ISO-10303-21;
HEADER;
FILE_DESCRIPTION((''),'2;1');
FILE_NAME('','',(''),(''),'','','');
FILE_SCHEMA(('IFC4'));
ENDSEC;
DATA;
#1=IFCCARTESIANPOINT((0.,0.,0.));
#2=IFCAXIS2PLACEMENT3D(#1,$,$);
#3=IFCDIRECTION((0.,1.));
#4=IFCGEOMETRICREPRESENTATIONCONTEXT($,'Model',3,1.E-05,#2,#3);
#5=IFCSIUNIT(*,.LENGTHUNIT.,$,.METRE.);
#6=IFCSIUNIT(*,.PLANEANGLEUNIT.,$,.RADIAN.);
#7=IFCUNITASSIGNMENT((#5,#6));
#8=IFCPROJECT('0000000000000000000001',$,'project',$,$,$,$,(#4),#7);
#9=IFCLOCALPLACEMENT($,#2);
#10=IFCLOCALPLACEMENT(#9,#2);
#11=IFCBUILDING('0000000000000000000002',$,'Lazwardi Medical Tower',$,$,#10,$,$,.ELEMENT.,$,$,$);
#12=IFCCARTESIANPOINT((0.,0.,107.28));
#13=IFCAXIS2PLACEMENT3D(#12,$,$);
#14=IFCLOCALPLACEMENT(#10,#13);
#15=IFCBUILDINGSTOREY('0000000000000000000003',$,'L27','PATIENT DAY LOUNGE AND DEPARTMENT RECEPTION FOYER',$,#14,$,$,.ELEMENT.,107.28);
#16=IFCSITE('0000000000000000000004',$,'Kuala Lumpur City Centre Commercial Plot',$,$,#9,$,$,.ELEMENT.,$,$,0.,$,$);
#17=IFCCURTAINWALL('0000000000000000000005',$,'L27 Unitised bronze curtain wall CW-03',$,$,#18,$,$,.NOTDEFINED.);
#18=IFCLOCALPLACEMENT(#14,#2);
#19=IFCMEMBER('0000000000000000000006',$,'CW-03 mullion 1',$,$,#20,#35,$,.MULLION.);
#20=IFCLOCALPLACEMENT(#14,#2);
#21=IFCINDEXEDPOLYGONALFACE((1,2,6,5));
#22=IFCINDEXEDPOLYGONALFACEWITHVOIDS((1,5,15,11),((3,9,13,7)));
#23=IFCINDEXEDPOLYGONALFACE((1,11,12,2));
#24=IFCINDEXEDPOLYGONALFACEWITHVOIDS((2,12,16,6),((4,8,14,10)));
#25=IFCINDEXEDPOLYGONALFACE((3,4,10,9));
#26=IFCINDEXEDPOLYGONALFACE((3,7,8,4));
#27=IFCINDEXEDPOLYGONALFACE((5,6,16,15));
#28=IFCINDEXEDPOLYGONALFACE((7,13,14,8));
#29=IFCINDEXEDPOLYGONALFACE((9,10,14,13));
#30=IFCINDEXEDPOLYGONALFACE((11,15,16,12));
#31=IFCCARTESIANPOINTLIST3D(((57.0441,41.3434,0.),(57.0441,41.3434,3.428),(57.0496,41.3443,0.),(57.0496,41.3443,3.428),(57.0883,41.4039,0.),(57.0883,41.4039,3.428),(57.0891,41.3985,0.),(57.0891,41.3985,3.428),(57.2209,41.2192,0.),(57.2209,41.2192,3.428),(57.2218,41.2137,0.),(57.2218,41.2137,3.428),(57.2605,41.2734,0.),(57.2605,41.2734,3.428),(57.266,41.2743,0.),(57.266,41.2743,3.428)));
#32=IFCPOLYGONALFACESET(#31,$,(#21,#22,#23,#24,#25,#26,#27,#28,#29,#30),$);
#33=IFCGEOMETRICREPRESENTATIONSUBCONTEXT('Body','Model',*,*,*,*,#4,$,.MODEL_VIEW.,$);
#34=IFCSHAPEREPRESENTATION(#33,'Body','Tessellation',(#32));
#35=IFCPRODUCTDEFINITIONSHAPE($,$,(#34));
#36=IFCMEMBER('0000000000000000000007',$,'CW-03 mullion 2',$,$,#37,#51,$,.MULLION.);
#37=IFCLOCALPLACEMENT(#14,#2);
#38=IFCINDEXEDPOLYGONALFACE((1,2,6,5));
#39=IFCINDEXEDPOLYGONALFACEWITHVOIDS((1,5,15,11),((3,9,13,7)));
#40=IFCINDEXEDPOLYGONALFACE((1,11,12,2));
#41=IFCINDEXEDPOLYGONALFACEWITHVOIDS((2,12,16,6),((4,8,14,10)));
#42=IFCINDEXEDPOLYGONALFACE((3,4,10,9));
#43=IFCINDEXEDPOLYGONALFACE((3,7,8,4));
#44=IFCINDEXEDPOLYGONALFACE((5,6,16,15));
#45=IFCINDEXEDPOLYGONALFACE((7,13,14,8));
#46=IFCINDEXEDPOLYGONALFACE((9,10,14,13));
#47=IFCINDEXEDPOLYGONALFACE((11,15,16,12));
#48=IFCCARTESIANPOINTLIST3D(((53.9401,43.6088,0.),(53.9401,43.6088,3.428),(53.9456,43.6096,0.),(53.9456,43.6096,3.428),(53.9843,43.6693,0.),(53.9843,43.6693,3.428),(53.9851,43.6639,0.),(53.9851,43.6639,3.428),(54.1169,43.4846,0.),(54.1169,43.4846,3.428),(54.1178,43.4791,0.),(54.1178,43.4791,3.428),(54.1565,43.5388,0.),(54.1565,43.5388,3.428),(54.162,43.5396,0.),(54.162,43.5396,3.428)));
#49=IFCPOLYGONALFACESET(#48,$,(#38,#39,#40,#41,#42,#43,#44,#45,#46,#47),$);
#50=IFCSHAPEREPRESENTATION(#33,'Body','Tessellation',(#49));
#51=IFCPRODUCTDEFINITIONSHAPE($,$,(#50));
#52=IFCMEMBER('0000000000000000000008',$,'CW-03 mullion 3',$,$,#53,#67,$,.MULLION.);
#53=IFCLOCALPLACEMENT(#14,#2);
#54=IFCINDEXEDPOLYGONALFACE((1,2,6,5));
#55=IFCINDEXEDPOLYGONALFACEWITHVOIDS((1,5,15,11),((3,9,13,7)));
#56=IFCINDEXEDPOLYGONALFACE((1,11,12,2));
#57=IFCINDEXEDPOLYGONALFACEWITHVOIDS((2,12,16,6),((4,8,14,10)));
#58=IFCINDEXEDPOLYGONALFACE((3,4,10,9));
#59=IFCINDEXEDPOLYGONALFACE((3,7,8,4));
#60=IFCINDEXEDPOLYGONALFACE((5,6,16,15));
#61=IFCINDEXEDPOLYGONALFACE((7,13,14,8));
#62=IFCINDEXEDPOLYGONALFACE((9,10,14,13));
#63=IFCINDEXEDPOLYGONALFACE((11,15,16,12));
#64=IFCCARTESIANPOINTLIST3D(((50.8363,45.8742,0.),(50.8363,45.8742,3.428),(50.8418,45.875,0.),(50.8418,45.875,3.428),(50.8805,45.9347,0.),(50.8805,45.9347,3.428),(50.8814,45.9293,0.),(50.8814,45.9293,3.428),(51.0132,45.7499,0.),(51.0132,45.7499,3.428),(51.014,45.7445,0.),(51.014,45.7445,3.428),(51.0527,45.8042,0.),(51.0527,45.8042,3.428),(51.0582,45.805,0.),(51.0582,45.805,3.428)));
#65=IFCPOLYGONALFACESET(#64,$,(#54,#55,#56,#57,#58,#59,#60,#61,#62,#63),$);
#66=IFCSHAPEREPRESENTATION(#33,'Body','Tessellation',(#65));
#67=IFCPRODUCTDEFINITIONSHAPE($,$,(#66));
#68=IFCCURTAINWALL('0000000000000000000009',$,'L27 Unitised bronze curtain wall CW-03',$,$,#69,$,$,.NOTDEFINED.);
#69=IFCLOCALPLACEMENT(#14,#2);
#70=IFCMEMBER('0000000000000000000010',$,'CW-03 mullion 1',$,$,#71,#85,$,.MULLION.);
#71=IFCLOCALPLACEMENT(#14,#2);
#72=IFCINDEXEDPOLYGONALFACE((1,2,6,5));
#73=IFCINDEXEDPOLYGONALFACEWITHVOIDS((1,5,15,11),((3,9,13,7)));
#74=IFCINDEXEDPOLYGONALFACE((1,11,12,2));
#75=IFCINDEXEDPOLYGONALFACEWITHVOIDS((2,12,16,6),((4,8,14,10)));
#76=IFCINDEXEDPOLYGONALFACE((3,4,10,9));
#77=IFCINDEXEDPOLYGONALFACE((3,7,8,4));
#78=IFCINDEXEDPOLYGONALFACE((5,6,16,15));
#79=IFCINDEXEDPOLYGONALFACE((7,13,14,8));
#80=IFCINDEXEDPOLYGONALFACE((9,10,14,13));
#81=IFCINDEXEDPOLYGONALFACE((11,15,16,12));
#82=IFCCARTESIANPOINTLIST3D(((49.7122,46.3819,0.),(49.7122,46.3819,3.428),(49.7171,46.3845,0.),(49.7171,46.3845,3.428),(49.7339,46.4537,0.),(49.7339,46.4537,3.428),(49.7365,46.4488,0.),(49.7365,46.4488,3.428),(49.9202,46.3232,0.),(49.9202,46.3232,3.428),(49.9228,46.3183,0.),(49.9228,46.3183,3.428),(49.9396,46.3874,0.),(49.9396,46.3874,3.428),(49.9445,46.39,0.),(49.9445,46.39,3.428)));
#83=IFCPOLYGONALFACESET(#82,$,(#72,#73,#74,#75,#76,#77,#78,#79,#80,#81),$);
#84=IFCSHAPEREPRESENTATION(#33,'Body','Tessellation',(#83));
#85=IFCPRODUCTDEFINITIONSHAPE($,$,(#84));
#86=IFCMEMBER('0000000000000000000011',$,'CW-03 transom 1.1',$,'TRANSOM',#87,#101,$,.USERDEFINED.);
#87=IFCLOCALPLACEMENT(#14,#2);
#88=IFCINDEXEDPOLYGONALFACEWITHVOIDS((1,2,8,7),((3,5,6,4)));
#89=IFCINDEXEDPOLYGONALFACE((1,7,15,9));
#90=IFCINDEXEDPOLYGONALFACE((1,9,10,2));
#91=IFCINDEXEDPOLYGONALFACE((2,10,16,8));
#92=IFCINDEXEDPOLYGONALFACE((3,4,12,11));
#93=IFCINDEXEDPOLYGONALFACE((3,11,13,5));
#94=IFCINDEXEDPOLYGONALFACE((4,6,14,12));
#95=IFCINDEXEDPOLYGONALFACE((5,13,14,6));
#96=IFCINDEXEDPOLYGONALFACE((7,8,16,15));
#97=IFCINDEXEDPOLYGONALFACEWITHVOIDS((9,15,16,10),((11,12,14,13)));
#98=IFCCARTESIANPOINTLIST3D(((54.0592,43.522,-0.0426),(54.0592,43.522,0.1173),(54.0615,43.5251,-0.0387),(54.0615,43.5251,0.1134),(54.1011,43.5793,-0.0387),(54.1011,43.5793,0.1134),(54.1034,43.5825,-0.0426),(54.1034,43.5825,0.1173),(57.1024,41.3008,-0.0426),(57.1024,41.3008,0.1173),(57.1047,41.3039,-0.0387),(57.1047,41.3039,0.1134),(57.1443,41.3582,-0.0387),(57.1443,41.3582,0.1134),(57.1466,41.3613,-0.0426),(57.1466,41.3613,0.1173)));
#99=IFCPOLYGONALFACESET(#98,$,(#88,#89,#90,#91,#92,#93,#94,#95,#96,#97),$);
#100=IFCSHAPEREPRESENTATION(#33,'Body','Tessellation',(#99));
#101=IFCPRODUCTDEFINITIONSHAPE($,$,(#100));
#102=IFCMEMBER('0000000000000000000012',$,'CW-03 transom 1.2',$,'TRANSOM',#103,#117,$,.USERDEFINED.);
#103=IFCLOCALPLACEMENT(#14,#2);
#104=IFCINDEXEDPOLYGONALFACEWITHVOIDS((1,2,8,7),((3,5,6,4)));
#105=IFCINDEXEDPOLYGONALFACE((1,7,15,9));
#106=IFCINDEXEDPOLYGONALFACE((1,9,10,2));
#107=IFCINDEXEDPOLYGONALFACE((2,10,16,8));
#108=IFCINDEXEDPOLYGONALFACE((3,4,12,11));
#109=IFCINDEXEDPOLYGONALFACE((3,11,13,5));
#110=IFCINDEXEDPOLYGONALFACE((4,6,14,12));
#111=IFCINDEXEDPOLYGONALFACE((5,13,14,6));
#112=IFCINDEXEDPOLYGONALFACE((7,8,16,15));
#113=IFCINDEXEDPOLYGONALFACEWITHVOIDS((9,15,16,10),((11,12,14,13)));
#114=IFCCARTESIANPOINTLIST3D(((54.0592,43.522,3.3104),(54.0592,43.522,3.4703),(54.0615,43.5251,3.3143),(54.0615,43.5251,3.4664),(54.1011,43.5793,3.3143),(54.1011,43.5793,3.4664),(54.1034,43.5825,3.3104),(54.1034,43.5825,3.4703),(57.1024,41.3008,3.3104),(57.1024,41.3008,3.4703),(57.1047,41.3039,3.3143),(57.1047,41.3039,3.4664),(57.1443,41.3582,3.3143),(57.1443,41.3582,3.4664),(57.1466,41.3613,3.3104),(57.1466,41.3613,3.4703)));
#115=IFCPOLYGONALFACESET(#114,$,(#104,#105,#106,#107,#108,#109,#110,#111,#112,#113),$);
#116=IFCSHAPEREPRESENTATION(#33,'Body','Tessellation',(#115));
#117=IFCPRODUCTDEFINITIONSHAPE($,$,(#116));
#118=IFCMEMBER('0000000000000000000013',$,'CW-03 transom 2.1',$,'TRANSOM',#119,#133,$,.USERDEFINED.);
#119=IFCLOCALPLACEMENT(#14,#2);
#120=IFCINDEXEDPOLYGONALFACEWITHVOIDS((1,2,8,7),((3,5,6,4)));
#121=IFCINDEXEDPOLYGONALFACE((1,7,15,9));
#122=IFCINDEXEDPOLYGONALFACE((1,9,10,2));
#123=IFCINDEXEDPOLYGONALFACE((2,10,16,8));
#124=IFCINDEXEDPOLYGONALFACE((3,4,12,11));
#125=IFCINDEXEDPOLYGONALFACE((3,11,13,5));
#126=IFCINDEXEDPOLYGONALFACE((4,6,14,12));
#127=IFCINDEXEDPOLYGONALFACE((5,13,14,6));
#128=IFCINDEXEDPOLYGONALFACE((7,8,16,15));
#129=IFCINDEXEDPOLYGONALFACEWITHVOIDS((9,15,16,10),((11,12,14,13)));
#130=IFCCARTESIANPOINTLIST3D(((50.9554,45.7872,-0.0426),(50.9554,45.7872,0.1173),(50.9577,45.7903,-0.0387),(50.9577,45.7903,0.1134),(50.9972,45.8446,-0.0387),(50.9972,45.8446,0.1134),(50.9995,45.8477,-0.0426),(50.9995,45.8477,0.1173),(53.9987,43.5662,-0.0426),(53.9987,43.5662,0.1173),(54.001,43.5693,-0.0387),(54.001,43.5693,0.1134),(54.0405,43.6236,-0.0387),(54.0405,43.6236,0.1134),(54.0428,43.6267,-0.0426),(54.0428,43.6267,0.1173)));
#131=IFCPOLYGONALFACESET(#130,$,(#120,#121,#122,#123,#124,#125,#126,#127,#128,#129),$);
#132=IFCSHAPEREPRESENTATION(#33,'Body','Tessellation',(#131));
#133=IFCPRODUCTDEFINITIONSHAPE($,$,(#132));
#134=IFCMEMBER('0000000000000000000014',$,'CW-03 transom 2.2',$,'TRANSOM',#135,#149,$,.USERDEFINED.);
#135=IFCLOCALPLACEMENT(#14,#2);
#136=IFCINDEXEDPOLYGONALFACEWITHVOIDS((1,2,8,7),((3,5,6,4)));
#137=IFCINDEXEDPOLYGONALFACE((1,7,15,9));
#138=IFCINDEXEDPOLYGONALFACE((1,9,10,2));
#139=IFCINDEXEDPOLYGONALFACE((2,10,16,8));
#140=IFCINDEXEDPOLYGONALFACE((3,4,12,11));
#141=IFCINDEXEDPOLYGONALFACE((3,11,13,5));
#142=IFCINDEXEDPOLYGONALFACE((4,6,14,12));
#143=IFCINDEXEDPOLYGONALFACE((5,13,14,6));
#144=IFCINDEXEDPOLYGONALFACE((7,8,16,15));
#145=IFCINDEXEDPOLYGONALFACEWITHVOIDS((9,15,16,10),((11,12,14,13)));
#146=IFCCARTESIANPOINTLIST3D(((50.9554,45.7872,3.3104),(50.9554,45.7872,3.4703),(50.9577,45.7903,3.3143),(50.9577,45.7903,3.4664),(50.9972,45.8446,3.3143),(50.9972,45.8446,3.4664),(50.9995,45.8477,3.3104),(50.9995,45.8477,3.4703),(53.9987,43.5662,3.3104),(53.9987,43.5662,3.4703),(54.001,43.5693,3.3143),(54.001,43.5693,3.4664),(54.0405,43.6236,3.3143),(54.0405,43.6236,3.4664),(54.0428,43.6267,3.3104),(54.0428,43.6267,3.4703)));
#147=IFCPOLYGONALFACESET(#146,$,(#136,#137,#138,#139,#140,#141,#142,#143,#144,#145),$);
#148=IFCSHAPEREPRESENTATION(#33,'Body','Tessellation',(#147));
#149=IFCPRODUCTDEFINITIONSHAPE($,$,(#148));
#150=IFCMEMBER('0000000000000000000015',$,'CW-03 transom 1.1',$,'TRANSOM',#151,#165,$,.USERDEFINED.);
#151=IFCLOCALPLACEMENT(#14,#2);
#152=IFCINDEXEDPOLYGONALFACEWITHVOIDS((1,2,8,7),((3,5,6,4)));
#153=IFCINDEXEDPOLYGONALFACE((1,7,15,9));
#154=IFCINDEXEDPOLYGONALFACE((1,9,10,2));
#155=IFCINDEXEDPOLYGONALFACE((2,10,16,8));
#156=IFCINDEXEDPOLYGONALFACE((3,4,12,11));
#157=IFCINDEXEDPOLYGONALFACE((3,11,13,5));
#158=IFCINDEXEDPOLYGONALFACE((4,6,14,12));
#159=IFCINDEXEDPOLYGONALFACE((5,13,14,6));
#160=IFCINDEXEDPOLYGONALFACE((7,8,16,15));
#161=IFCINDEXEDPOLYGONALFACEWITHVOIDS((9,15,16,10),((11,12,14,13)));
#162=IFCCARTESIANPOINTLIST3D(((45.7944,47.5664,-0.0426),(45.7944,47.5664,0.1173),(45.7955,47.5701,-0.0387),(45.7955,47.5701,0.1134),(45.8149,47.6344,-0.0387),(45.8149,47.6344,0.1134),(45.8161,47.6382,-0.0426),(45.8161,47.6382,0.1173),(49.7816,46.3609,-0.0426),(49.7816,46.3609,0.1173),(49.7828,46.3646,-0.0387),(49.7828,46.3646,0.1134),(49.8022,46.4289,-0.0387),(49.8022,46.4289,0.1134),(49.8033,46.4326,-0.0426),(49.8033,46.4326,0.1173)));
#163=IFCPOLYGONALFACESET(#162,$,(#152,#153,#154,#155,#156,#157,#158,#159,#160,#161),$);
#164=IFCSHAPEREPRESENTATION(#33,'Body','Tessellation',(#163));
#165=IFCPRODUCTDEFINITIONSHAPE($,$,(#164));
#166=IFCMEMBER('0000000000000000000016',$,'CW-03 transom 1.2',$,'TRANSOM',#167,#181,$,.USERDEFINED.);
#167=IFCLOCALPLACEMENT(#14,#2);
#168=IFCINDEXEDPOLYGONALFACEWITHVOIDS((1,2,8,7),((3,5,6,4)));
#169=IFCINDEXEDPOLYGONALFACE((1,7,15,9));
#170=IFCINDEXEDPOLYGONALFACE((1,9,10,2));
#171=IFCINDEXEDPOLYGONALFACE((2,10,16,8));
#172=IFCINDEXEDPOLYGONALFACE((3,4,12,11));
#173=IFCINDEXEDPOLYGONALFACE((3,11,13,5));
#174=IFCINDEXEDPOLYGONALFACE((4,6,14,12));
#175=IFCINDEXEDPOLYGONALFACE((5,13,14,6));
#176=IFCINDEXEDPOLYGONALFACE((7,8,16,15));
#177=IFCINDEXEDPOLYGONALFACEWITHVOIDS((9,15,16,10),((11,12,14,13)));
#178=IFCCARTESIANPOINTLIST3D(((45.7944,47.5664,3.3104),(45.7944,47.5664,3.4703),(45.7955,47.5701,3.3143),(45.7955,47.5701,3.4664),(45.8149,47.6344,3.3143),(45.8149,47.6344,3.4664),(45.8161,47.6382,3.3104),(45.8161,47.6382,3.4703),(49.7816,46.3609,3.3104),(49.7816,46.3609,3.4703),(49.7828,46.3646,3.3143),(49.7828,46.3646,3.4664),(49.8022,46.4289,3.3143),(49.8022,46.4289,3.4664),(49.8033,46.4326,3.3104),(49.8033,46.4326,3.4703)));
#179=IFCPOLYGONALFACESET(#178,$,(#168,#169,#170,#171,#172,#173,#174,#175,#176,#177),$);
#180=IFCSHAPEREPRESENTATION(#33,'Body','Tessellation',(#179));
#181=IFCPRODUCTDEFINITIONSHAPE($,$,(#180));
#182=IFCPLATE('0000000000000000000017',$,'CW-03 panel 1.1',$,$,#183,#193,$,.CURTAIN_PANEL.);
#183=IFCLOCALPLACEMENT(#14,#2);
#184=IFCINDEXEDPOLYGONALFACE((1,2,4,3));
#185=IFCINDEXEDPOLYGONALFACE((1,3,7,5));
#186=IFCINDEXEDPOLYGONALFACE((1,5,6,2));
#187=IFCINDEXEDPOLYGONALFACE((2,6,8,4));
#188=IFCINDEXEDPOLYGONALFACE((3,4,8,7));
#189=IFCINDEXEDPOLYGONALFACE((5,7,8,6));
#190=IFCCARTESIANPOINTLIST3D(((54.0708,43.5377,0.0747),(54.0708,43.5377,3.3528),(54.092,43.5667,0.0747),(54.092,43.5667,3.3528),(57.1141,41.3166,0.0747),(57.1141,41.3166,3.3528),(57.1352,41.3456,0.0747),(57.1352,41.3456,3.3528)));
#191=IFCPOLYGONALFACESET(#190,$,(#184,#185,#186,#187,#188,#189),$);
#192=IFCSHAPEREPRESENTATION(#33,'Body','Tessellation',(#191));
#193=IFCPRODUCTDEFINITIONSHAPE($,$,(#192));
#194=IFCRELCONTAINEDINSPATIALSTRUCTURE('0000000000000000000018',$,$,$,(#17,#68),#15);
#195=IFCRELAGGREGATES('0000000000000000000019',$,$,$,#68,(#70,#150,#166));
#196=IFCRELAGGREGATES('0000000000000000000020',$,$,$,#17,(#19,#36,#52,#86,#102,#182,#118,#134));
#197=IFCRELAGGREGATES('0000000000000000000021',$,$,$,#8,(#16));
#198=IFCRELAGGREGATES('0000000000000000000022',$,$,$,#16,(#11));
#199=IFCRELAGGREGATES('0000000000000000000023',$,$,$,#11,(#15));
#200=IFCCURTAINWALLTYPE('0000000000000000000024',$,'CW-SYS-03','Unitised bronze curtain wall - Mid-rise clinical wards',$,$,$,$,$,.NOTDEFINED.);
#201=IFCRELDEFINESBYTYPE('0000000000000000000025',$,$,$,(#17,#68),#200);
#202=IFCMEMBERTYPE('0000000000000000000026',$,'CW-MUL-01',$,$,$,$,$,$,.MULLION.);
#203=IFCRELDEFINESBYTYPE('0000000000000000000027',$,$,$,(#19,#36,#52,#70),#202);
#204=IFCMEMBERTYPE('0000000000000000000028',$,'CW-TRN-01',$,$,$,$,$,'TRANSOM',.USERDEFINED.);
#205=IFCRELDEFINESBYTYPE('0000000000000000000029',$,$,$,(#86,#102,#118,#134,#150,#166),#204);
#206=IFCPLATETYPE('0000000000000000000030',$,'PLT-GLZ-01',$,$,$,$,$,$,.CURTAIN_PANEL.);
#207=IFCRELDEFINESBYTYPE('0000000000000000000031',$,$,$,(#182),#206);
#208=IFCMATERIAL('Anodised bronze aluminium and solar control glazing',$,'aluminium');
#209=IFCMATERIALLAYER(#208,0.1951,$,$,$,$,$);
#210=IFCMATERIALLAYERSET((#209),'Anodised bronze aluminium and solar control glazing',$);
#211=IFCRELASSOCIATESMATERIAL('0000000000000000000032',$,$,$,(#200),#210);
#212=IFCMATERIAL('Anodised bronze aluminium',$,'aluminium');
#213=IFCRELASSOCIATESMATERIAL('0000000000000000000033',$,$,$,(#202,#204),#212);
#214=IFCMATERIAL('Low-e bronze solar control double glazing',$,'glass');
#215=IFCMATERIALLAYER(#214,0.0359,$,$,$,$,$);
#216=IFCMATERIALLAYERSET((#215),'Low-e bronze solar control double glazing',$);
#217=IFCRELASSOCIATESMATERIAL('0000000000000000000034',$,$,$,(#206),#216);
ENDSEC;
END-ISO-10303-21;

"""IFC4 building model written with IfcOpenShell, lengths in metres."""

from ifc_helpers import new_model, si_unit, direction, frame, origin, origin_2d, place, context, subcontext, project, spatial, rectangle, hollow_rectangle, extrude, material, layer, layer_set, material_profile, profile_set, type_object, element, aggregate, save


model = new_model("IFC4")

# Units and contexts
model_context = context("Model", 3, precision=1e-05, world=origin(), true_north=direction((0.0, 1.0)))
body_context = subcontext(model_context, "Body", "Model", "MODEL_VIEW")
ifc_project = project(units=[si_unit("LENGTHUNIT", "METRE"), si_unit("PLANEANGLEUNIT", "RADIAN")], contexts=[model_context])

# Site, building, storey
site_placement = place(None, origin())
site = spatial("IfcSite", under=ifc_project, at=site_placement, Name="Kuala Lumpur City Centre Commercial Plot", CompositionType="ELEMENT", RefElevation=0.0)
building_placement = place(site_placement, origin())
building = spatial("IfcBuilding", under=site, at=building_placement, Name="Lazwardi Medical Tower", CompositionType="ELEMENT")
storey_placement = place(building_placement, frame((0.0, 0.0, 107.28)))
storey = spatial("IfcBuildingStorey", under=building, at=storey_placement, Name="L27", Description="PATIENT DAY LOUNGE AND DEPARTMENT RECEPTION FOYER", CompositionType="ELEMENT", Elevation=107.28)

# Shared definitions
ifc_material_1 = material(Name="Anodised bronze aluminium and solar control glazing", Category="aluminium")
ifc_layer_1 = layer(ifc_material_1, 0.1951)
ifc_layer_set_1 = layer_set([ifc_layer_1], Name="Anodised bronze aluminium and solar control glazing")
curtain_wall_type = type_object("IfcCurtainWallType", Name="CW-SYS-03", Description="Unitised bronze curtain wall - Mid-rise clinical wards", PredefinedType="NOTDEFINED", material=ifc_layer_set_1)
ifc_material_2 = material(Name="Anodised bronze aluminium", Category="aluminium")
ifc_material_profile_1 = material_profile(ifc_material_2, hollow_rectangle(XDim=0.075, YDim=0.22, WallThickness=0.0039, at=origin_2d()), Name="ALU-MULLION 220x75x4")
ifc_profile_set_1 = profile_set([ifc_material_profile_1], Name="Anodised bronze aluminium")
member_type_1 = type_object("IfcMemberType", Name="CW-MUL-01", PredefinedType="MULLION", material=ifc_profile_set_1)

# Curtain wall, members
curtain_wall_1_placement = place(storey_placement, origin())
curtain_wall_1 = element("IfcCurtainWall", 1, at=curtain_wall_1_placement, inside=storey, type_object=curtain_wall_type, Name="L27 Unitised bronze curtain wall CW-03", PredefinedType="NOTDEFINED")
member_1_placement = place(storey_placement, frame((57.155, 41.3088, 0.0), z_axis=(0.0, 0.0, 1.0), x_axis=(-0.589531, -0.807746, 0.0)))
member_1 = element("IfcMember", 2, at=member_1_placement, type_object=member_type_1, Name="CW-03 mullion 1", PredefinedType="MULLION", context=body_context, shape_type="SweptSolid", body=[
    extrude(hollow_rectangle(XDim=0.075, YDim=0.22, WallThickness=0.0039, at=origin_2d()), origin(), (0.0, 0.0, 1.0), 3.428),
])
member_2_placement = place(storey_placement, frame((54.051, 43.5742, 0.0), z_axis=(0.0, 0.0, 1.0), x_axis=(-0.589531, -0.807746, 0.0)))
member_2 = element("IfcMember", 3, at=member_2_placement, type_object=member_type_1, Name="CW-03 mullion 2", PredefinedType="MULLION", context=body_context, shape_type="SweptSolid", body=[
    extrude(hollow_rectangle(XDim=0.075, YDim=0.22, WallThickness=0.0039, at=origin_2d()), origin(), (0.0, 0.0, 1.0), 3.428),
])
member_3_placement = place(storey_placement, frame((50.9473, 45.8396, 0.0), z_axis=(0.0, 0.0, 1.0), x_axis=(-0.589531, -0.807746, 0.0)))
member_3 = element("IfcMember", 4, at=member_3_placement, type_object=member_type_1, Name="CW-03 mullion 3", PredefinedType="MULLION", context=body_context, shape_type="SweptSolid", body=[
    extrude(hollow_rectangle(XDim=0.075, YDim=0.22, WallThickness=0.0039, at=origin_2d()), origin(), (0.0, 0.0, 1.0), 3.428),
])

# Curtain wall, member
curtain_wall_2_placement = place(storey_placement, origin())
curtain_wall_2 = element("IfcCurtainWall", 5, at=curtain_wall_2_placement, inside=storey, type_object=curtain_wall_type, Name="L27 Unitised bronze curtain wall CW-03", PredefinedType="NOTDEFINED")
member_4_placement = place(storey_placement, frame((49.8284, 46.386, 0.0), z_axis=(0.0, 0.0, 1.0), x_axis=(-0.289374, -0.957216, 0.0)))
member_4 = element("IfcMember", 6, at=member_4_placement, type_object=member_type_1, Name="CW-03 mullion 1", PredefinedType="MULLION", context=body_context, shape_type="SweptSolid", body=[
    extrude(hollow_rectangle(XDim=0.075, YDim=0.22, WallThickness=0.0039, at=origin_2d()), origin(), (0.0, 0.0, 1.0), 3.428),
])

# Members
ifc_material_profile_2 = material_profile(ifc_material_2, hollow_rectangle(XDim=0.075, YDim=0.1599, WallThickness=0.0039, at=origin_2d()), Name="ALU-TRANSOM 160x75x4")
ifc_profile_set_2 = profile_set([ifc_material_profile_2], Name="Anodised bronze aluminium")
member_type_2 = type_object("IfcMemberType", Name="CW-TRN-01", ElementType="TRANSOM", PredefinedType="USERDEFINED", material=ifc_profile_set_2)
member_5_placement = place(storey_placement, frame((57.1245, 41.3311, 0.0374), z_axis=(-0.807732, 0.58955, 0.0), x_axis=(-0.58955, -0.807732, 0.0)))
member_5 = element("IfcMember", 7, at=member_5_placement, type_object=member_type_2, Name="CW-03 transom 1.1", ObjectType="TRANSOM", PredefinedType="USERDEFINED", context=body_context, shape_type="SweptSolid", body=[
    extrude(hollow_rectangle(XDim=0.075, YDim=0.1599, WallThickness=0.0039, at=origin_2d()), origin(), (0.0, 0.0, 1.0), 3.7676),
])
member_6_placement = place(storey_placement, frame((57.1245, 41.3311, 3.3904), z_axis=(-0.807732, 0.58955, 0.0), x_axis=(-0.58955, -0.807732, 0.0)))
member_6 = element("IfcMember", 8, at=member_6_placement, type_object=member_type_2, Name="CW-03 transom 1.2", ObjectType="TRANSOM", PredefinedType="USERDEFINED", context=body_context, shape_type="SweptSolid", body=[
    extrude(hollow_rectangle(XDim=0.075, YDim=0.1599, WallThickness=0.0039, at=origin_2d()), origin(), (0.0, 0.0, 1.0), 3.7676),
])
member_7_placement = place(storey_placement, frame((54.0208, 43.5964, 0.0374), z_axis=(-0.807763, 0.589508, 0.0), x_axis=(-0.589508, -0.807763, 0.0)))
member_7 = element("IfcMember", 9, at=member_7_placement, type_object=member_type_2, Name="CW-03 transom 2.1", ObjectType="TRANSOM", PredefinedType="USERDEFINED", context=body_context, shape_type="SweptSolid", body=[
    extrude(hollow_rectangle(XDim=0.075, YDim=0.1599, WallThickness=0.0039, at=origin_2d()), origin(), (0.0, 0.0, 1.0), 3.7676),
])
member_8_placement = place(storey_placement, frame((54.0208, 43.5964, 3.3904), z_axis=(-0.807763, 0.589508, 0.0), x_axis=(-0.589508, -0.807763, 0.0)))
member_8 = element("IfcMember", 10, at=member_8_placement, type_object=member_type_2, Name="CW-03 transom 2.2", ObjectType="TRANSOM", PredefinedType="USERDEFINED", context=body_context, shape_type="SweptSolid", body=[
    extrude(hollow_rectangle(XDim=0.075, YDim=0.1599, WallThickness=0.0039, at=origin_2d()), origin(), (0.0, 0.0, 1.0), 3.7676),
])
member_9_placement = place(storey_placement, frame((49.7925, 46.3967, 0.0374), z_axis=(-0.957205, 0.289412, 0.0), x_axis=(-0.289412, -0.957205, 0.0)))
member_9 = element("IfcMember", 11, at=member_9_placement, type_object=member_type_2, Name="CW-03 transom 1.1", ObjectType="TRANSOM", PredefinedType="USERDEFINED", context=body_context, shape_type="SweptSolid", body=[
    extrude(hollow_rectangle(XDim=0.075, YDim=0.1599, WallThickness=0.0039, at=origin_2d()), origin(), (0.0, 0.0, 1.0), 4.1655),
])
member_10_placement = place(storey_placement, frame((49.7925, 46.3967, 3.3904), z_axis=(-0.957205, 0.289412, 0.0), x_axis=(-0.289412, -0.957205, 0.0)))
member_10 = element("IfcMember", 12, at=member_10_placement, type_object=member_type_2, Name="CW-03 transom 1.2", ObjectType="TRANSOM", PredefinedType="USERDEFINED", context=body_context, shape_type="SweptSolid", body=[
    extrude(hollow_rectangle(XDim=0.075, YDim=0.1599, WallThickness=0.0039, at=origin_2d()), origin(), (0.0, 0.0, 1.0), 4.1655),
])
aggregate(curtain_wall_2, [member_4, member_9, member_10])

# Plate
ifc_material_3 = material(Name="Low-e bronze solar control double glazing", Category="glass")
ifc_layer_2 = layer(ifc_material_3, 0.0359)
ifc_layer_set_2 = layer_set([ifc_layer_2], Name="Low-e bronze solar control double glazing")
plate_type = type_object("IfcPlateType", Name="PLT-GLZ-01", PredefinedType="CURTAIN_PANEL", material=ifc_layer_set_2)
plate_1_placement = place(storey_placement, frame((55.603, 42.4417, 0.0747), z_axis=(0.0, 0.0, 1.0), x_axis=(-0.807746, 0.589531, 0.0)))
plate_1 = element("IfcPlate", 13, at=plate_1_placement, type_object=plate_type, Name="CW-03 panel 1.1", PredefinedType="CURTAIN_PANEL", context=body_context, shape_type="SweptSolid", body=[
    extrude(rectangle(XDim=3.7676, YDim=0.0359, at=origin_2d()), origin(), (0.0, 0.0, 1.0), 3.2781),
])
aggregate(curtain_wall_1, [member_1, member_2, member_3, member_5, member_6, plate_1, member_7, member_8])

save(model, "model.ifc")
